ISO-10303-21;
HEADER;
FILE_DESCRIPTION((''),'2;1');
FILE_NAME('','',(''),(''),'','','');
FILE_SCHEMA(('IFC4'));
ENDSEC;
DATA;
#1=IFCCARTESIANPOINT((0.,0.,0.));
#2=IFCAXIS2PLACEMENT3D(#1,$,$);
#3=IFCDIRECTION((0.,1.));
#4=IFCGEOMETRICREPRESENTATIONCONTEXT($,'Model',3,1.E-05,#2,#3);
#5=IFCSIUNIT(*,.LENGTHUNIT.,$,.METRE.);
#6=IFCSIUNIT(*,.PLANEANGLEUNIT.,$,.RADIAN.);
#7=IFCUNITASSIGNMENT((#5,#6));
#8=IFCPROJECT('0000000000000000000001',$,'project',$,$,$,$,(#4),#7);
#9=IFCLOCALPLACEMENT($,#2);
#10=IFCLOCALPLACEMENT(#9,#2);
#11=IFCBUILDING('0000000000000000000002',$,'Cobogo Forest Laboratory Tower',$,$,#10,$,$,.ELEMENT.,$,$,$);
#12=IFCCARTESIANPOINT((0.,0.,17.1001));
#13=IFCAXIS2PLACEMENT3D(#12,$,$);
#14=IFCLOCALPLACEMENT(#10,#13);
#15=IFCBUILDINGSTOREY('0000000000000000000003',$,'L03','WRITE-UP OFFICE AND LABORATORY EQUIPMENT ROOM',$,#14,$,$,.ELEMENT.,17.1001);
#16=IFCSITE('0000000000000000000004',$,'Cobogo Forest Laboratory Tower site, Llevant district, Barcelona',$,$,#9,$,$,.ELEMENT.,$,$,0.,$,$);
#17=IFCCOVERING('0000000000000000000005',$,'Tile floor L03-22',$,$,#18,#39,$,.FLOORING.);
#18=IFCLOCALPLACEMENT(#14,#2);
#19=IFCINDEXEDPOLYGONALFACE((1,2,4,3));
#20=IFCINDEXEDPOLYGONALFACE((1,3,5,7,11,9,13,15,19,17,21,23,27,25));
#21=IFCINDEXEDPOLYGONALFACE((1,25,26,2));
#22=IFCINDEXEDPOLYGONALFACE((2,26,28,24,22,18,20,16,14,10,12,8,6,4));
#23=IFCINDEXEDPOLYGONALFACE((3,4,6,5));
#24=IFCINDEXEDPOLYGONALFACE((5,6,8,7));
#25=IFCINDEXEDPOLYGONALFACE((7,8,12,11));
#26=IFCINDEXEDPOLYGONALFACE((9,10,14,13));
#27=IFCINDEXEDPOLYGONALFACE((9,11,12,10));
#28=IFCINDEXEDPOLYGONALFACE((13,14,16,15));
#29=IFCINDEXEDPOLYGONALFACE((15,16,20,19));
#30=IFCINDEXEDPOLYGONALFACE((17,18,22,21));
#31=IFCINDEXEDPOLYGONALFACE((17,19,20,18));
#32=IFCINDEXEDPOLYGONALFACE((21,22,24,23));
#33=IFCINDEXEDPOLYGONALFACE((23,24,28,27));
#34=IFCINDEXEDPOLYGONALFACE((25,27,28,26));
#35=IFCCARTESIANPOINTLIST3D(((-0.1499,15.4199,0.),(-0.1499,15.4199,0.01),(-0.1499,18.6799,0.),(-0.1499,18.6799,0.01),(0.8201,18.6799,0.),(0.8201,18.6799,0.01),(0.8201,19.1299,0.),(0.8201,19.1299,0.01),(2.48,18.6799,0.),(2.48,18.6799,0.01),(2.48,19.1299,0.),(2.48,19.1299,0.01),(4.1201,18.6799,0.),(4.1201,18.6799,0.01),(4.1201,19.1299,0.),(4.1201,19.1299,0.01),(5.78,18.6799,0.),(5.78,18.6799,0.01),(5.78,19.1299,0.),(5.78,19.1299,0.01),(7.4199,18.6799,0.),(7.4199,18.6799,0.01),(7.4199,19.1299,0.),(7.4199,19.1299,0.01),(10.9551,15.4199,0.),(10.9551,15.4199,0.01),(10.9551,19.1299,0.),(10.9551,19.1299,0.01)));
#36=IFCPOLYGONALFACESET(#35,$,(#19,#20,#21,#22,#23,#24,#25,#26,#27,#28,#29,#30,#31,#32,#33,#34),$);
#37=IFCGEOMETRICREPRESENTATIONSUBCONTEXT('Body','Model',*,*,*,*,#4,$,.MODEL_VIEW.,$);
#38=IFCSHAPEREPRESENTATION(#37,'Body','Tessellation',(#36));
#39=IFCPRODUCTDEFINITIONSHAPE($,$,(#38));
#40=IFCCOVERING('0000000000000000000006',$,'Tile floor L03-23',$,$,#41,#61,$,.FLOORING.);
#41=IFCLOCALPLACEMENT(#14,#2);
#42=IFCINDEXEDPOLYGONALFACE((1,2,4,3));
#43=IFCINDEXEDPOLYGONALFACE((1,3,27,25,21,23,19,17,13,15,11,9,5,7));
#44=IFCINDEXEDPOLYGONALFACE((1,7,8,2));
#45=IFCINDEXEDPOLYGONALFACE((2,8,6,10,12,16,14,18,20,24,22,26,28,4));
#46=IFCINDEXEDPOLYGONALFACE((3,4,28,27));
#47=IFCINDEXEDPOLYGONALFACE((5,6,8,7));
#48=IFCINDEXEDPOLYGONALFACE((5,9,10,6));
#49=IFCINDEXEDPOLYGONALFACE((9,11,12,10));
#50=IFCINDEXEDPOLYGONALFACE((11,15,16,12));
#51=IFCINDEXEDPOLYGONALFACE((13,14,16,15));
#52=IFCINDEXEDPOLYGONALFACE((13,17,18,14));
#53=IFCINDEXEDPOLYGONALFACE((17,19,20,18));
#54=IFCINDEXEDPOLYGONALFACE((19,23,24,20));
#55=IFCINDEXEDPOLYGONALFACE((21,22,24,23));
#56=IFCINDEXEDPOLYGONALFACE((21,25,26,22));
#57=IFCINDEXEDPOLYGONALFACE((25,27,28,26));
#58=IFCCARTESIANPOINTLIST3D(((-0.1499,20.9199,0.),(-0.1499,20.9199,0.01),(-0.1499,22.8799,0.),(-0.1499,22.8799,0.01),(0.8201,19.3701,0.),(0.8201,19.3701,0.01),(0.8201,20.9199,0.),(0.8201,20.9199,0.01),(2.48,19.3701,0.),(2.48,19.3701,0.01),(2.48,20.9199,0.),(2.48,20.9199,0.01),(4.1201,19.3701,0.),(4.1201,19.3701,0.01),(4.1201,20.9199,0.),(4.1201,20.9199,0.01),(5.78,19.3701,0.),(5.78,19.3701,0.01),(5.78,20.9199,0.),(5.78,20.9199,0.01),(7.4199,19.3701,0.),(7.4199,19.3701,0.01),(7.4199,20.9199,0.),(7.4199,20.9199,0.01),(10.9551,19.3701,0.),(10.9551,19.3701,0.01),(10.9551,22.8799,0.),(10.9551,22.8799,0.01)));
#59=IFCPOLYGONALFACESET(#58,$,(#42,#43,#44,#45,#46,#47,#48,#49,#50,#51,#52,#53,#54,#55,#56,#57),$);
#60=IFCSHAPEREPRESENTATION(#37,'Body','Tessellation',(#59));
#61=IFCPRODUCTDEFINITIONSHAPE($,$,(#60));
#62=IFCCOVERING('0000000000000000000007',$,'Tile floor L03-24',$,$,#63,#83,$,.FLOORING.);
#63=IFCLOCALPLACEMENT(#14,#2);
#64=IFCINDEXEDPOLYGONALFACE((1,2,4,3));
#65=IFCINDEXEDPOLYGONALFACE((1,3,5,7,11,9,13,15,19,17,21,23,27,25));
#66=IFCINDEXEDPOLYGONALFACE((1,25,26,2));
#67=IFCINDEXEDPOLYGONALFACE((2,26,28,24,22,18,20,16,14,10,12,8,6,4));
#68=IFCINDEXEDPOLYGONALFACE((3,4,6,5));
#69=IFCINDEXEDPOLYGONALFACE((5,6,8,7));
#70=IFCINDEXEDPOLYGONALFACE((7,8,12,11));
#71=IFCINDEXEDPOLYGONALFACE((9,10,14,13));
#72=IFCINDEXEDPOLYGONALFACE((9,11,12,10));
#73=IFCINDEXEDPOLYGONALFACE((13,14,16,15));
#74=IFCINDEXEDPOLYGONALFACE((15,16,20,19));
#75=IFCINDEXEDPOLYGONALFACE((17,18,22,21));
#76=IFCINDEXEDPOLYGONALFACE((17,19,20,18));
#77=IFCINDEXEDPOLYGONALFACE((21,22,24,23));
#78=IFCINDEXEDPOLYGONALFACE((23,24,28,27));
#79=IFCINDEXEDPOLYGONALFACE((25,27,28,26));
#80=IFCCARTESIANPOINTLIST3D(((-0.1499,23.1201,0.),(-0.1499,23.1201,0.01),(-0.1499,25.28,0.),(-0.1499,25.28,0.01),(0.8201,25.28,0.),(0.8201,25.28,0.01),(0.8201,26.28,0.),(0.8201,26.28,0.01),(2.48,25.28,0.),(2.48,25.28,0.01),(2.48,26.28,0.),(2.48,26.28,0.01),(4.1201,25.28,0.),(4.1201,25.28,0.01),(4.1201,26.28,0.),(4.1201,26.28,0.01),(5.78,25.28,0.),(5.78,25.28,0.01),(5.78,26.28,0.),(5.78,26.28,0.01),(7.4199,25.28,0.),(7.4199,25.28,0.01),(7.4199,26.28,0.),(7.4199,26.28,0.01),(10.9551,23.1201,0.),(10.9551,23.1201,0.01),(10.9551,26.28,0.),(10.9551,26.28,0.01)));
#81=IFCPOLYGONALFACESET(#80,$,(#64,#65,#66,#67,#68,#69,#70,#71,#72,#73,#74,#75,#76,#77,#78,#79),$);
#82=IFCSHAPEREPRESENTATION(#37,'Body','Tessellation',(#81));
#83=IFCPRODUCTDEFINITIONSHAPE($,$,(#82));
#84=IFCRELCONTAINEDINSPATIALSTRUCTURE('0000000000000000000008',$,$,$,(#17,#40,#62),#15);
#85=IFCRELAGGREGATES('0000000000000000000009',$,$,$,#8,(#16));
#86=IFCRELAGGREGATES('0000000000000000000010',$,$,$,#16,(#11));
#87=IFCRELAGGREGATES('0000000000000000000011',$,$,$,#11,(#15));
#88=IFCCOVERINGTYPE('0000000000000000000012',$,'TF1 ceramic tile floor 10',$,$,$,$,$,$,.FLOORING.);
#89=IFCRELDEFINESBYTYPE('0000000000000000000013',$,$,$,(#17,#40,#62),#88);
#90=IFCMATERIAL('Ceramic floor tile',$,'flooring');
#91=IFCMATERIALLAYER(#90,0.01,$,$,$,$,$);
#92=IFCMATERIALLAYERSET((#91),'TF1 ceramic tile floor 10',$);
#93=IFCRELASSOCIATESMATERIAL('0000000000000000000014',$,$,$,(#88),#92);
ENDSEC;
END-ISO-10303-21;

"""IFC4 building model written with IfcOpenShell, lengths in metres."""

from ifc_helpers import new_model, si_unit, direction, frame, origin, place, context, subcontext, project, spatial, polyline, outline, extrude, material, layer, layer_set, type_object, element, save


model = new_model("IFC4")

# Units and contexts
model_context = context("Model", 3, precision=1e-05, world=origin(), true_north=direction((0.0, 1.0)))
body_context = subcontext(model_context, "Body", "Model", "MODEL_VIEW")
ifc_project = project(units=[si_unit("LENGTHUNIT", "METRE"), si_unit("PLANEANGLEUNIT", "RADIAN")], contexts=[model_context])

# Site, building, storey
site_placement = place(None, origin())
site = spatial("IfcSite", under=ifc_project, at=site_placement, Name="Cobogo Forest Laboratory Tower site, Llevant district, Barcelona", CompositionType="ELEMENT", RefElevation=0.0)
building_placement = place(site_placement, origin())
building = spatial("IfcBuilding", under=site, at=building_placement, Name="Cobogo Forest Laboratory Tower", CompositionType="ELEMENT")
storey_placement = place(building_placement, frame((0.0, 0.0, 17.1001)))
storey = spatial("IfcBuildingStorey", under=building, at=storey_placement, Name="L03", Description="WRITE-UP OFFICE AND LABORATORY EQUIPMENT ROOM", CompositionType="ELEMENT", Elevation=17.1001)

# Coverings
ifc_material_1 = material(Name="Ceramic floor tile", Category="flooring")
ifc_layer_1 = layer(ifc_material_1, 0.01)
ifc_layer_set_1 = layer_set([ifc_layer_1], Name="TF1 ceramic tile floor 10")
covering_type_1 = type_object("IfcCoveringType", Name="TF1 ceramic tile floor 10", PredefinedType="FLOORING", material=ifc_layer_set_1)
covering_1_placement = place(storey_placement, origin())
element("IfcCovering", 1, at=covering_1_placement, inside=storey, type_object=covering_type_1, Name="Tile floor L03-22", PredefinedType="FLOORING", context=body_context, shape_type="SweptSolid", body=[
    extrude(outline(polyline([(10.9551, 15.4199), (-0.1499, 15.4199), (-0.1499, 18.6799), (0.8201, 18.6799), (0.8201, 19.1299), (2.48, 19.1299), (2.48, 18.6799), (4.1201, 18.6799), (4.1201, 19.1299), (5.78, 19.1299), (5.78, 18.6799), (7.4199, 18.6799), (7.4199, 19.1299), (10.9551, 19.1299), (10.9551, 15.4199)])), origin(), (0.0, 0.0, 1.0), 0.01),
])
covering_2_placement = place(storey_placement, origin())
element("IfcCovering", 2, at=covering_2_placement, inside=storey, type_object=covering_type_1, Name="Tile floor L03-23", PredefinedType="FLOORING", context=body_context, shape_type="SweptSolid", body=[
    extrude(outline(polyline([(10.9551, 19.3701), (7.4199, 19.3701), (7.4199, 20.9199), (5.78, 20.9199), (5.78, 19.3701), (4.1201, 19.3701), (4.1201, 20.9199), (2.48, 20.9199), (2.48, 19.3701), (0.8201, 19.3701), (0.8201, 20.9199), (-0.1499, 20.9199), (-0.1499, 22.8799), (10.9551, 22.8799), (10.9551, 19.3701)])), origin(), (0.0, 0.0, 1.0), 0.01),
])
covering_3_placement = place(storey_placement, origin())
element("IfcCovering", 3, at=covering_3_placement, inside=storey, type_object=covering_type_1, Name="Tile floor L03-24", PredefinedType="FLOORING", context=body_context, shape_type="SweptSolid", body=[
    extrude(outline(polyline([(10.9551, 23.1201), (-0.1499, 23.1201), (-0.1499, 25.28), (0.8201, 25.28), (0.8201, 26.28), (2.48, 26.28), (2.48, 25.28), (4.1201, 25.28), (4.1201, 26.28), (5.78, 26.28), (5.78, 25.28), (7.4199, 25.28), (7.4199, 26.28), (10.9551, 26.28), (10.9551, 23.1201)])), origin(), (0.0, 0.0, 1.0), 0.01),
])

save(model, "model.ifc")
